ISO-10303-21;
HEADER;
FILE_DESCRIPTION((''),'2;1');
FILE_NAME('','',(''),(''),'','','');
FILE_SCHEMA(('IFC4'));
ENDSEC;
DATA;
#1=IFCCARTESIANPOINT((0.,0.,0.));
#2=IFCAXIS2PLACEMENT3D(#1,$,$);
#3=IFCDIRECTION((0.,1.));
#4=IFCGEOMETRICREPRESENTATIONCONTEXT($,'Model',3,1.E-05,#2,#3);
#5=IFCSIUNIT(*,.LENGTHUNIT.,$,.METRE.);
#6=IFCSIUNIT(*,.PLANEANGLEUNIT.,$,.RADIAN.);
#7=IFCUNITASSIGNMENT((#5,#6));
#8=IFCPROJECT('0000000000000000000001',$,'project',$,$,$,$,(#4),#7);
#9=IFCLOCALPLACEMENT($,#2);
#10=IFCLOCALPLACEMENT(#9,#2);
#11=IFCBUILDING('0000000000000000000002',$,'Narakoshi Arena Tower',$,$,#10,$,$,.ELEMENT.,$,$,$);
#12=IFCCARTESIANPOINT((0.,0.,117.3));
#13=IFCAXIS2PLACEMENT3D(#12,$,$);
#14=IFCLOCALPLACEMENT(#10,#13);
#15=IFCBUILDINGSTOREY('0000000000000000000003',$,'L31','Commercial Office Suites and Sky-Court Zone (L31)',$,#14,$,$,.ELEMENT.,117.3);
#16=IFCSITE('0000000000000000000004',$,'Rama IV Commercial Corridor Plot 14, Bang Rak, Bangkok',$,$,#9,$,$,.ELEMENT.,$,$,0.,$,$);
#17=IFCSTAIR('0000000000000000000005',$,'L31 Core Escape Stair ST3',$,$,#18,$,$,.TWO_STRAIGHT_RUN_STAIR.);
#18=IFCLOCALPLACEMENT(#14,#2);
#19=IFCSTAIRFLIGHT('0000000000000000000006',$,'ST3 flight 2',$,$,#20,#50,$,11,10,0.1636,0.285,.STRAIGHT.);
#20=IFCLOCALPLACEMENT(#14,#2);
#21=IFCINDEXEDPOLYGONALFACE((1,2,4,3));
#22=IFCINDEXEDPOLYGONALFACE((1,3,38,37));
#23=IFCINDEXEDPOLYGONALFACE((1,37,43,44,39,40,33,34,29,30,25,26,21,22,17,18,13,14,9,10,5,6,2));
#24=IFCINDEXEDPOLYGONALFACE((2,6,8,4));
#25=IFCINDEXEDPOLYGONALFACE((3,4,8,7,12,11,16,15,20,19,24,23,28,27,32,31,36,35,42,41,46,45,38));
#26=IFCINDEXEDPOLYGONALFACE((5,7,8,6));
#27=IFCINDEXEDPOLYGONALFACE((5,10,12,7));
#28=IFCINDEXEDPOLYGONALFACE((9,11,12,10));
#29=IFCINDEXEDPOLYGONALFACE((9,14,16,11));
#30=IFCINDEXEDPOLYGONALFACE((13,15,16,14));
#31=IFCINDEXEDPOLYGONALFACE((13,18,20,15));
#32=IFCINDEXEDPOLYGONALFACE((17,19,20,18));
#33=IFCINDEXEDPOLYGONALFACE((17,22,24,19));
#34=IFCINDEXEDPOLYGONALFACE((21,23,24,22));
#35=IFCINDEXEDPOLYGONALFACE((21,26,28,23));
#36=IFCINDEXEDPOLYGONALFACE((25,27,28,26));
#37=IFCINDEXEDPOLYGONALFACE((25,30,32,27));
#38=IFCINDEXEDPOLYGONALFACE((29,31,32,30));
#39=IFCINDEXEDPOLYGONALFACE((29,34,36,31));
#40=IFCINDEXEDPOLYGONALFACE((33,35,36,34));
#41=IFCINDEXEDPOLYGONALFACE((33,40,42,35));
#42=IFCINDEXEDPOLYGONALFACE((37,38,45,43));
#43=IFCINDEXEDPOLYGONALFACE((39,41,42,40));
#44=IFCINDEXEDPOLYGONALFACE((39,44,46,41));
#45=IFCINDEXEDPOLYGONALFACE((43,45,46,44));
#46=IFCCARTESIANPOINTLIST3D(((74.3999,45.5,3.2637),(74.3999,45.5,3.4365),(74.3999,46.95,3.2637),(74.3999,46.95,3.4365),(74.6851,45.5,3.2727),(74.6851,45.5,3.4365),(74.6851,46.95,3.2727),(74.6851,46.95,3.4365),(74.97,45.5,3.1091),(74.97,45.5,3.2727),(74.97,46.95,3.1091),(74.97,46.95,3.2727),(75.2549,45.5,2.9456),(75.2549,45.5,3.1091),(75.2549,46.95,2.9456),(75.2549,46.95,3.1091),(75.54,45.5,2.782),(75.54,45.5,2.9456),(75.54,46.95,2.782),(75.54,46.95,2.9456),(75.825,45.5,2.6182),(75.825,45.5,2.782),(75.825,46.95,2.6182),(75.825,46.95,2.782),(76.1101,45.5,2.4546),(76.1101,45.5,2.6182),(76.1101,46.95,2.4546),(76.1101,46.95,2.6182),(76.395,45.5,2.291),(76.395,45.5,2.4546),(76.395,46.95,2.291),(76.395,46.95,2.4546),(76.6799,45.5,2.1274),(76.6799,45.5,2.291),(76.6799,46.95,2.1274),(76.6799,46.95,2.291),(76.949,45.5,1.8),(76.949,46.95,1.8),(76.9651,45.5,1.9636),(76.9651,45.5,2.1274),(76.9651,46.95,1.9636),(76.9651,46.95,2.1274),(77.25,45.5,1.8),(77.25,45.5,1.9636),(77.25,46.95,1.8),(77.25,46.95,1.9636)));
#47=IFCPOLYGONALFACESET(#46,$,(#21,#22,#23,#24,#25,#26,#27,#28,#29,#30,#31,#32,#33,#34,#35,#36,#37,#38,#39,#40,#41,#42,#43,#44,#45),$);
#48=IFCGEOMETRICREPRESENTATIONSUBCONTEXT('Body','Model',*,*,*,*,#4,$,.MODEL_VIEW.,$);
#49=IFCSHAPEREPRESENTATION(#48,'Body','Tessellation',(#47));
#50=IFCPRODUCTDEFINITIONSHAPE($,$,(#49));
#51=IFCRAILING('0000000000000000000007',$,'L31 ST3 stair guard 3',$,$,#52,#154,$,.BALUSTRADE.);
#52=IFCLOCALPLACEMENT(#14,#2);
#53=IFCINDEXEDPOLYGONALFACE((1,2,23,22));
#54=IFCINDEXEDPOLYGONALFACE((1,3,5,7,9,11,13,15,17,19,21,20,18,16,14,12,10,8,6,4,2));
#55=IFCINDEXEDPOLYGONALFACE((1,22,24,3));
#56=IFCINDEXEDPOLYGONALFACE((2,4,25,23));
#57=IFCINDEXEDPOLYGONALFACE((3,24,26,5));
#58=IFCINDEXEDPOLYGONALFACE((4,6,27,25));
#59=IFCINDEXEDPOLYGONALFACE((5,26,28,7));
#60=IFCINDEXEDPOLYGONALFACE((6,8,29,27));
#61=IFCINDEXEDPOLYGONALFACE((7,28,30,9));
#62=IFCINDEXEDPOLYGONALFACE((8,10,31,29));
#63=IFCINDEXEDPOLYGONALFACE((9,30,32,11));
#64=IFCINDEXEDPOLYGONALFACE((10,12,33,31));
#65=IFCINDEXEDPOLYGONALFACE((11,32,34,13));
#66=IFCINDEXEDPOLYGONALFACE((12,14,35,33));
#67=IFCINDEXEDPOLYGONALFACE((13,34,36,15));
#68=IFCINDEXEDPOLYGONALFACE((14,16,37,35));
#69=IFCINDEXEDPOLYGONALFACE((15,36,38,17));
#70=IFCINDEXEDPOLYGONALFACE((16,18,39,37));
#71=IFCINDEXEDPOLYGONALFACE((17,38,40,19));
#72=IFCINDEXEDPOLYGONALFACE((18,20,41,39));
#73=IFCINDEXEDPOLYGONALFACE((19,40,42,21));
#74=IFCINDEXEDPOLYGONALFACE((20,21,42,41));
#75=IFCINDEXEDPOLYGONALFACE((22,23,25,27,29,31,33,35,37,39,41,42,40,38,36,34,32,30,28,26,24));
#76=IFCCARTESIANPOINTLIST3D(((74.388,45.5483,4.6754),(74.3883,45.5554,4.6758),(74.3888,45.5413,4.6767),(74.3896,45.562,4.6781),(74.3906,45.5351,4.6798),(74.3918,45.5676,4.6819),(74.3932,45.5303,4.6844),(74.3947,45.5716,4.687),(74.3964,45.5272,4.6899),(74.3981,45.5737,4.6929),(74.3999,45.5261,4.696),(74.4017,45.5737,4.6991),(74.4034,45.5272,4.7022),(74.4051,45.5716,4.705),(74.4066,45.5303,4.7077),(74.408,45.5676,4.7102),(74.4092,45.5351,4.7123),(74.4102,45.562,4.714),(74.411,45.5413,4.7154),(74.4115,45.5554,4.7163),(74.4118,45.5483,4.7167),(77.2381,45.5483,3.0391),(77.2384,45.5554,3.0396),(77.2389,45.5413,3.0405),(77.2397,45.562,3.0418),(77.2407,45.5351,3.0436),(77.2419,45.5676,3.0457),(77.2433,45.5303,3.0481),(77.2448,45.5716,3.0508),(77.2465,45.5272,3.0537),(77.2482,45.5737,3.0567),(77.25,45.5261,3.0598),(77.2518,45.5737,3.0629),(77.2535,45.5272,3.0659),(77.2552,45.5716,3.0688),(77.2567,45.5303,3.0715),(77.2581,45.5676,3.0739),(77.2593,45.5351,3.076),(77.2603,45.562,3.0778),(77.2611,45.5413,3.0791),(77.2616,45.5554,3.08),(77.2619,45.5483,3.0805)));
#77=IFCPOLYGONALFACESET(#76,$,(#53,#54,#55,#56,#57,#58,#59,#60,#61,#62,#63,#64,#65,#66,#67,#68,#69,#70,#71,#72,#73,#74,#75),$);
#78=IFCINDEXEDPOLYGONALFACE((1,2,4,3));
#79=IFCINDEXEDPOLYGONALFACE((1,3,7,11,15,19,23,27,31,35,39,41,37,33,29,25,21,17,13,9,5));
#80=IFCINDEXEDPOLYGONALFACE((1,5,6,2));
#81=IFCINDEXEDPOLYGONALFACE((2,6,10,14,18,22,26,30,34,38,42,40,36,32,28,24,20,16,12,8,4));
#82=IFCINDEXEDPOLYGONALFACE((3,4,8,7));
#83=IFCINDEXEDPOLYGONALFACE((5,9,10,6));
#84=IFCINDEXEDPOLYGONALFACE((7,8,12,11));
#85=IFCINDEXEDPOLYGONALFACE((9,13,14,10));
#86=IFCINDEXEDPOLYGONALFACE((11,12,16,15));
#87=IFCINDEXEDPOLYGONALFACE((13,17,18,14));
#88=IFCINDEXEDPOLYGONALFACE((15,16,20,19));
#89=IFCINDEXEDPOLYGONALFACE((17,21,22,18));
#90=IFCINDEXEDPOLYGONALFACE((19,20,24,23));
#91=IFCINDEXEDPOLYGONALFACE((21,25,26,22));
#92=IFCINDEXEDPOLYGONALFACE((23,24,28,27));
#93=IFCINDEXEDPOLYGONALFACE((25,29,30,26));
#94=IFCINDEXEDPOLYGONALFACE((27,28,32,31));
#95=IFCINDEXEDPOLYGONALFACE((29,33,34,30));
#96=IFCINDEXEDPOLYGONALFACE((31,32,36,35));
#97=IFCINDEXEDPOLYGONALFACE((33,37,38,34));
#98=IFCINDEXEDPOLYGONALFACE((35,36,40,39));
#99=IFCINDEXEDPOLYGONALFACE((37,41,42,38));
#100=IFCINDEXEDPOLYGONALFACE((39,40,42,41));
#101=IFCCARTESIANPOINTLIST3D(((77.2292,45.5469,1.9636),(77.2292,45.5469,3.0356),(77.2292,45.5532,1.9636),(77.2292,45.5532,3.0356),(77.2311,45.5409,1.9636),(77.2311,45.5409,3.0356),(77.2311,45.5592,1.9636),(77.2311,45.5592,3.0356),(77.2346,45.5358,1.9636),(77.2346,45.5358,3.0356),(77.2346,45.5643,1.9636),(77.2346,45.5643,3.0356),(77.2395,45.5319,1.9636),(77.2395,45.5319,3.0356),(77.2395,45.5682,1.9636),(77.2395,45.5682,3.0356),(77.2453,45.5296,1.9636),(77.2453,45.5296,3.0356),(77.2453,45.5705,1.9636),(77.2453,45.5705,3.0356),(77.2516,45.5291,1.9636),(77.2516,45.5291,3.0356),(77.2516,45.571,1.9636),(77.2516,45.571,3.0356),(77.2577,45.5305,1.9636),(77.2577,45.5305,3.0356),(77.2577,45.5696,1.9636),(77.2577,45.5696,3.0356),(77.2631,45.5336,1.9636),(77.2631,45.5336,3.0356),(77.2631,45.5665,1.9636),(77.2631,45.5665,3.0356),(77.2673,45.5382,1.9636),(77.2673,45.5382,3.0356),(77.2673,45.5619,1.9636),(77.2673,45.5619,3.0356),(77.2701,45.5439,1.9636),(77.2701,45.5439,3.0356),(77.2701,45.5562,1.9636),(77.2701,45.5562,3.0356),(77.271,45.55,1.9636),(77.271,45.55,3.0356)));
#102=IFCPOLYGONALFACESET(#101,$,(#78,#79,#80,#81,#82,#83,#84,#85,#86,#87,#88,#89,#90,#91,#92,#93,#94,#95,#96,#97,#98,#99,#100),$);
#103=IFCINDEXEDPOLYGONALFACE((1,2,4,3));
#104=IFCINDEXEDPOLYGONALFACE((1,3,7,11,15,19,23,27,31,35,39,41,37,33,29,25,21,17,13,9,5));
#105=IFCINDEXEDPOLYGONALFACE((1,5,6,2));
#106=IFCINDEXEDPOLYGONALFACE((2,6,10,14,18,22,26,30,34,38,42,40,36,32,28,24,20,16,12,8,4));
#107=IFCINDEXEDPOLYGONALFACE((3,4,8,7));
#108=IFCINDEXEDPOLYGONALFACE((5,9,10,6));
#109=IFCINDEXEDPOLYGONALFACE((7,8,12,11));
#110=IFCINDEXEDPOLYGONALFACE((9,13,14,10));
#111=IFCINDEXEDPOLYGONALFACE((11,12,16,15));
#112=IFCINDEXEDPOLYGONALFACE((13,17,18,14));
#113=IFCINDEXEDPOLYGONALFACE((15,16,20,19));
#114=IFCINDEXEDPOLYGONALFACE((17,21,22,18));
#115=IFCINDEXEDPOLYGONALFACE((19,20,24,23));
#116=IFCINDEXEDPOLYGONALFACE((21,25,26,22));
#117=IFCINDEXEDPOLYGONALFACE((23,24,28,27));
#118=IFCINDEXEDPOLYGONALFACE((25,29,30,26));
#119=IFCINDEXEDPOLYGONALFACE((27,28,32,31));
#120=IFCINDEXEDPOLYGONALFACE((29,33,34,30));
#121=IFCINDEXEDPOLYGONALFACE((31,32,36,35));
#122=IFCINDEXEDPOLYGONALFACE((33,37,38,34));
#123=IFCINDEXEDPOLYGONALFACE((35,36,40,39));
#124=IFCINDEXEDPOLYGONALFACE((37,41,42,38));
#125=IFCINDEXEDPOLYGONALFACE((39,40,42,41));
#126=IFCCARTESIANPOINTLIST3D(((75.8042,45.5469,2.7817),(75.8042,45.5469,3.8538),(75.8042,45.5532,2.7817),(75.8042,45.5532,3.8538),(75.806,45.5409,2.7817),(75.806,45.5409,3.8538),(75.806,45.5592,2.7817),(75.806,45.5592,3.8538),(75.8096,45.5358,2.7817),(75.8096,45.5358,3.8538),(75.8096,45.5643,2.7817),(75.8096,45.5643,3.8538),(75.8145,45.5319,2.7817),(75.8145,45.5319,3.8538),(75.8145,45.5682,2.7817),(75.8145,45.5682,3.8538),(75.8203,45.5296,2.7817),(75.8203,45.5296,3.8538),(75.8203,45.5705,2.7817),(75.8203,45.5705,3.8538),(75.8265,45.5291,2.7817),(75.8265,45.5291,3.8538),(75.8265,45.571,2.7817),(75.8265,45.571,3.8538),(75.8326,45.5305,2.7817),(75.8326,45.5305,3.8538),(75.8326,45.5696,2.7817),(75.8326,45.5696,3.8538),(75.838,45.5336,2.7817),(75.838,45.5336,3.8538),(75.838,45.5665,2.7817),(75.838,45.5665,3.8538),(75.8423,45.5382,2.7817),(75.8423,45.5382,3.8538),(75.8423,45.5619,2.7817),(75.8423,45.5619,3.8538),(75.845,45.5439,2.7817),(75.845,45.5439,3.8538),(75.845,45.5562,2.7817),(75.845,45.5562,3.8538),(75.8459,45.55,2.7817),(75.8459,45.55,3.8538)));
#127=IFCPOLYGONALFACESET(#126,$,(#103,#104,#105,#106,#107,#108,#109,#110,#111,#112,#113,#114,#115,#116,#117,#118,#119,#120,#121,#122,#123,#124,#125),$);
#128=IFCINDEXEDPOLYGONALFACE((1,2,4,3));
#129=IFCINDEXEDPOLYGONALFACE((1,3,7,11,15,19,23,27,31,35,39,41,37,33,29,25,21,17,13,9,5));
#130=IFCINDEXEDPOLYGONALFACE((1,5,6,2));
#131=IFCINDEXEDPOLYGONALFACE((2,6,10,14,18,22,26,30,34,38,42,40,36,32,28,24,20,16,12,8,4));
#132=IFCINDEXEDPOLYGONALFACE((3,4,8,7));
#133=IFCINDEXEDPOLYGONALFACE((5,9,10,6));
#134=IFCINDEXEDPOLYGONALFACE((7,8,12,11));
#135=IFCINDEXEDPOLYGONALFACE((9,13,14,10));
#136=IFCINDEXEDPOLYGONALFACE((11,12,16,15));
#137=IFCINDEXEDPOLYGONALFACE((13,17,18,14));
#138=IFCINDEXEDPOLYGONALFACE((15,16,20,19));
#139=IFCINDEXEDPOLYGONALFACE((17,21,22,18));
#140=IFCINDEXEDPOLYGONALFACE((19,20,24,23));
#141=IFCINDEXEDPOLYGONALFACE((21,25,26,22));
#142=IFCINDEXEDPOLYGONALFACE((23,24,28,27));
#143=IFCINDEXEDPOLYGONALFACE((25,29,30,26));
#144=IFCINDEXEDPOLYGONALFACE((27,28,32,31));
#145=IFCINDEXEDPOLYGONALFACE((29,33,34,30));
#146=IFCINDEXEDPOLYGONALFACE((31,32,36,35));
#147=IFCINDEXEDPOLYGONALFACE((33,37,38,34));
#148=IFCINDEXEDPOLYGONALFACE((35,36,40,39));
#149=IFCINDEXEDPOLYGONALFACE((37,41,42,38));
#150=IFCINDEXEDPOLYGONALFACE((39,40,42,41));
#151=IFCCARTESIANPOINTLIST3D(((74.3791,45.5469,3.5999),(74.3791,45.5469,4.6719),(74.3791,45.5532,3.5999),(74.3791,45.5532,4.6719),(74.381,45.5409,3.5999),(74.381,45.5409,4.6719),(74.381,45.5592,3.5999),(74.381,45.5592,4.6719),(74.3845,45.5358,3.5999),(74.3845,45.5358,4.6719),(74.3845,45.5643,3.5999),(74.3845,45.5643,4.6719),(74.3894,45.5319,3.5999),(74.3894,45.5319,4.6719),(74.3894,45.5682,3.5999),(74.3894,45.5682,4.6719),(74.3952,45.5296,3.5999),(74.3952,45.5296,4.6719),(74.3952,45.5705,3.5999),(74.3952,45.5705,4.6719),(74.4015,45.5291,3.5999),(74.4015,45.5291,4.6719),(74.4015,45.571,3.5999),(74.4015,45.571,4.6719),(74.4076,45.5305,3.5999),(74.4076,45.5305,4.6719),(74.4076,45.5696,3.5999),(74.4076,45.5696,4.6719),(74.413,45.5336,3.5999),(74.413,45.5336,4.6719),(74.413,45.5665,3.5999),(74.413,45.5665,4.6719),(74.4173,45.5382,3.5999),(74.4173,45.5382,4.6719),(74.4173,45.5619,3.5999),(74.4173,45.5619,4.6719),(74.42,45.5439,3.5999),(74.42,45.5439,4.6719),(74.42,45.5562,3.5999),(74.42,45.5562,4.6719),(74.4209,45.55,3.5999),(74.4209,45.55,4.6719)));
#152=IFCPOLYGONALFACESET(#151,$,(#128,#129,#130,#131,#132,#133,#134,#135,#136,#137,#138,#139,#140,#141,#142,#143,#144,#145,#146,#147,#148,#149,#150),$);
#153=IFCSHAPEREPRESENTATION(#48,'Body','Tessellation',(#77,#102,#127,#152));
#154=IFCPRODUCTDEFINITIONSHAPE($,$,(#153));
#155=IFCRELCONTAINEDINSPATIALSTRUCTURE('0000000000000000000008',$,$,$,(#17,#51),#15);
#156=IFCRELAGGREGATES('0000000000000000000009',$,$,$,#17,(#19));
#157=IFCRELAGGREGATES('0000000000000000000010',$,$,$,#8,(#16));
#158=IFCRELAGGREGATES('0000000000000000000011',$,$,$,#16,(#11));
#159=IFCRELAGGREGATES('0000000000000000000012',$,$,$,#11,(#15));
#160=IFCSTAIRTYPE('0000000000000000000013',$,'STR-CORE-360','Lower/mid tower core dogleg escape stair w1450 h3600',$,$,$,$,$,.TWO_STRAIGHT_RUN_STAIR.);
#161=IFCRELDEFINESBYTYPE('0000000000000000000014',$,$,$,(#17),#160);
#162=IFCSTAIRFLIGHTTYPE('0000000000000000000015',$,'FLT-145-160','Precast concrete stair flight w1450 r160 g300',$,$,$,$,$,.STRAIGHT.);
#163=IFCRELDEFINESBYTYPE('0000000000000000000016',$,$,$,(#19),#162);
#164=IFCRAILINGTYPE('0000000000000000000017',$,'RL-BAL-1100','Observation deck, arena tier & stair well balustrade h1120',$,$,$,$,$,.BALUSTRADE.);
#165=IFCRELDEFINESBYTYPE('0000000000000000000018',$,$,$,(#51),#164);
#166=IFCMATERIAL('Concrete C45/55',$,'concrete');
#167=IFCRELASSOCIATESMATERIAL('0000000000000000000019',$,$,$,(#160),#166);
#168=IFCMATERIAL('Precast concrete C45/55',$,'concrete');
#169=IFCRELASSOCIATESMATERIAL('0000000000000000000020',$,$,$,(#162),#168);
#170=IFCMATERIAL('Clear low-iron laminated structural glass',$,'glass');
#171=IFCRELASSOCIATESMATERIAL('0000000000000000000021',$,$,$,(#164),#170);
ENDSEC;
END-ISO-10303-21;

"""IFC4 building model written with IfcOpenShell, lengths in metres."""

from ifc_helpers import new_model, si_unit, direction, frame, origin, origin_2d, place, context, subcontext, project, spatial, polyline, circle, outline, extrude, material, type_object, element, aggregate, save


model = new_model("IFC4")

# Units and contexts
model_context = context("Model", 3, precision=1e-05, world=origin(), true_north=direction((0.0, 1.0)))
body_context = subcontext(model_context, "Body", "Model", "MODEL_VIEW")
ifc_project = project(units=[si_unit("LENGTHUNIT", "METRE"), si_unit("PLANEANGLEUNIT", "RADIAN")], contexts=[model_context])

# Site, building, storey
site_placement = place(None, origin())
site = spatial("IfcSite", under=ifc_project, at=site_placement, Name="Rama IV Commercial Corridor Plot 14, Bang Rak, Bangkok", CompositionType="ELEMENT", RefElevation=0.0)
building_placement = place(site_placement, origin())
building = spatial("IfcBuilding", under=site, at=building_placement, Name="Narakoshi Arena Tower", CompositionType="ELEMENT")
storey_placement = place(building_placement, frame((0.0, 0.0, 117.3)))
storey = spatial("IfcBuildingStorey", under=building, at=storey_placement, Name="L31", Description="Commercial Office Suites and Sky-Court Zone (L31)", CompositionType="ELEMENT", Elevation=117.3)

# Stair, stair flight
ifc_material_1 = material(Name="Concrete C45/55", Category="concrete")
stair_type = type_object("IfcStairType", Name="STR-CORE-360", Description="Lower/mid tower core dogleg escape stair w1450 h3600", PredefinedType="TWO_STRAIGHT_RUN_STAIR", material=ifc_material_1)
stair_placement = place(storey_placement, origin())
stair = element("IfcStair", 1, at=stair_placement, inside=storey, type_object=stair_type, Name="L31 Core Escape Stair ST3", PredefinedType="TWO_STRAIGHT_RUN_STAIR")
ifc_material_2 = material(Name="Precast concrete C45/55", Category="concrete")
stair_flight_type = type_object("IfcStairFlightType", Name="FLT-145-160", Description="Precast concrete stair flight w1450 r160 g300", PredefinedType="STRAIGHT", material=ifc_material_2)
stair_flight_placement = place(storey_placement, frame((77.25, 46.2251, 1.8), z_axis=(0.0, 0.0, 1.0), x_axis=(-1.0, 0.0, 0.0)))
stair_flight = element("IfcStairFlight", 2, at=stair_flight_placement, type_object=stair_flight_type, Name="ST3 flight 2", NumberOfRisers=11, NumberOfTreads=10, PredefinedType="STRAIGHT", RiserHeight=0.1636, TreadLength=0.285, context=body_context, shape_type="SweptSolid", body=[
    extrude(outline(polyline([(0.0, 0.0), (0.0, 0.1636), (0.2849, 0.1636), (0.2849, 0.3274), (0.5701, 0.3274), (0.5701, 0.491), (0.855, 0.491), (0.855, 0.6545), (1.1399, 0.6545), (1.1399, 0.8181), (1.425, 0.8181), (1.425, 0.9819), (1.71, 0.9819), (1.71, 1.1455), (1.9951, 1.1455), (1.9951, 1.3091), (2.28, 1.3091), (2.28, 1.4727), (2.5649, 1.4727), (2.5649, 1.6365), (2.8501, 1.6365), (2.8501, 1.8), (2.8501, 1.4636), (0.301, 0.0), (0.0, 0.0)])), frame((0.0, 0.7251, 0.0), z_axis=(0.0, -1.0, 0.0), x_axis=(1.0, 0.0, 0.0)), (0.0, 0.0, 1.0), 1.45),
])
aggregate(stair, [stair_flight])

# Railing
ifc_material_3 = material(Name="Clear low-iron laminated structural glass", Category="glass")
railing_type_1 = type_object("IfcRailingType", Name="RL-BAL-1100", Description="Observation deck, arena tier & stair well balustrade h1120", PredefinedType="BALUSTRADE", material=ifc_material_3)
railing_1_placement = place(storey_placement, frame((77.25, 45.55, 1.9636)))
element("IfcRailing", 3, at=railing_1_placement, inside=storey, type_object=railing_type_1, Name="L31 ST3 stair guard 3", PredefinedType="BALUSTRADE", context=body_context, shape_type="SweptSolid", body=[
    extrude(circle(Radius=0.0239, at=origin_2d()), frame((0.0, 0.0, 1.0962), z_axis=(-0.867245, 0.0, 0.497882), x_axis=(0.0, -1.0, 0.0)), (0.0, 0.0, 1.0), 3.2864),
    extrude(circle(Radius=0.021, at=origin_2d()), origin(), (0.0, 0.0, 1.0), 1.072),
    extrude(circle(Radius=0.021, at=origin_2d()), frame((-1.425, 0.0, 0.8181)), (0.0, 0.0, 1.0), 1.072),
    extrude(circle(Radius=0.021, at=origin_2d()), frame((-2.8501, 0.0, 1.6362)), (0.0, 0.0, 1.0), 1.072),
])

save(model, "model.ifc")
